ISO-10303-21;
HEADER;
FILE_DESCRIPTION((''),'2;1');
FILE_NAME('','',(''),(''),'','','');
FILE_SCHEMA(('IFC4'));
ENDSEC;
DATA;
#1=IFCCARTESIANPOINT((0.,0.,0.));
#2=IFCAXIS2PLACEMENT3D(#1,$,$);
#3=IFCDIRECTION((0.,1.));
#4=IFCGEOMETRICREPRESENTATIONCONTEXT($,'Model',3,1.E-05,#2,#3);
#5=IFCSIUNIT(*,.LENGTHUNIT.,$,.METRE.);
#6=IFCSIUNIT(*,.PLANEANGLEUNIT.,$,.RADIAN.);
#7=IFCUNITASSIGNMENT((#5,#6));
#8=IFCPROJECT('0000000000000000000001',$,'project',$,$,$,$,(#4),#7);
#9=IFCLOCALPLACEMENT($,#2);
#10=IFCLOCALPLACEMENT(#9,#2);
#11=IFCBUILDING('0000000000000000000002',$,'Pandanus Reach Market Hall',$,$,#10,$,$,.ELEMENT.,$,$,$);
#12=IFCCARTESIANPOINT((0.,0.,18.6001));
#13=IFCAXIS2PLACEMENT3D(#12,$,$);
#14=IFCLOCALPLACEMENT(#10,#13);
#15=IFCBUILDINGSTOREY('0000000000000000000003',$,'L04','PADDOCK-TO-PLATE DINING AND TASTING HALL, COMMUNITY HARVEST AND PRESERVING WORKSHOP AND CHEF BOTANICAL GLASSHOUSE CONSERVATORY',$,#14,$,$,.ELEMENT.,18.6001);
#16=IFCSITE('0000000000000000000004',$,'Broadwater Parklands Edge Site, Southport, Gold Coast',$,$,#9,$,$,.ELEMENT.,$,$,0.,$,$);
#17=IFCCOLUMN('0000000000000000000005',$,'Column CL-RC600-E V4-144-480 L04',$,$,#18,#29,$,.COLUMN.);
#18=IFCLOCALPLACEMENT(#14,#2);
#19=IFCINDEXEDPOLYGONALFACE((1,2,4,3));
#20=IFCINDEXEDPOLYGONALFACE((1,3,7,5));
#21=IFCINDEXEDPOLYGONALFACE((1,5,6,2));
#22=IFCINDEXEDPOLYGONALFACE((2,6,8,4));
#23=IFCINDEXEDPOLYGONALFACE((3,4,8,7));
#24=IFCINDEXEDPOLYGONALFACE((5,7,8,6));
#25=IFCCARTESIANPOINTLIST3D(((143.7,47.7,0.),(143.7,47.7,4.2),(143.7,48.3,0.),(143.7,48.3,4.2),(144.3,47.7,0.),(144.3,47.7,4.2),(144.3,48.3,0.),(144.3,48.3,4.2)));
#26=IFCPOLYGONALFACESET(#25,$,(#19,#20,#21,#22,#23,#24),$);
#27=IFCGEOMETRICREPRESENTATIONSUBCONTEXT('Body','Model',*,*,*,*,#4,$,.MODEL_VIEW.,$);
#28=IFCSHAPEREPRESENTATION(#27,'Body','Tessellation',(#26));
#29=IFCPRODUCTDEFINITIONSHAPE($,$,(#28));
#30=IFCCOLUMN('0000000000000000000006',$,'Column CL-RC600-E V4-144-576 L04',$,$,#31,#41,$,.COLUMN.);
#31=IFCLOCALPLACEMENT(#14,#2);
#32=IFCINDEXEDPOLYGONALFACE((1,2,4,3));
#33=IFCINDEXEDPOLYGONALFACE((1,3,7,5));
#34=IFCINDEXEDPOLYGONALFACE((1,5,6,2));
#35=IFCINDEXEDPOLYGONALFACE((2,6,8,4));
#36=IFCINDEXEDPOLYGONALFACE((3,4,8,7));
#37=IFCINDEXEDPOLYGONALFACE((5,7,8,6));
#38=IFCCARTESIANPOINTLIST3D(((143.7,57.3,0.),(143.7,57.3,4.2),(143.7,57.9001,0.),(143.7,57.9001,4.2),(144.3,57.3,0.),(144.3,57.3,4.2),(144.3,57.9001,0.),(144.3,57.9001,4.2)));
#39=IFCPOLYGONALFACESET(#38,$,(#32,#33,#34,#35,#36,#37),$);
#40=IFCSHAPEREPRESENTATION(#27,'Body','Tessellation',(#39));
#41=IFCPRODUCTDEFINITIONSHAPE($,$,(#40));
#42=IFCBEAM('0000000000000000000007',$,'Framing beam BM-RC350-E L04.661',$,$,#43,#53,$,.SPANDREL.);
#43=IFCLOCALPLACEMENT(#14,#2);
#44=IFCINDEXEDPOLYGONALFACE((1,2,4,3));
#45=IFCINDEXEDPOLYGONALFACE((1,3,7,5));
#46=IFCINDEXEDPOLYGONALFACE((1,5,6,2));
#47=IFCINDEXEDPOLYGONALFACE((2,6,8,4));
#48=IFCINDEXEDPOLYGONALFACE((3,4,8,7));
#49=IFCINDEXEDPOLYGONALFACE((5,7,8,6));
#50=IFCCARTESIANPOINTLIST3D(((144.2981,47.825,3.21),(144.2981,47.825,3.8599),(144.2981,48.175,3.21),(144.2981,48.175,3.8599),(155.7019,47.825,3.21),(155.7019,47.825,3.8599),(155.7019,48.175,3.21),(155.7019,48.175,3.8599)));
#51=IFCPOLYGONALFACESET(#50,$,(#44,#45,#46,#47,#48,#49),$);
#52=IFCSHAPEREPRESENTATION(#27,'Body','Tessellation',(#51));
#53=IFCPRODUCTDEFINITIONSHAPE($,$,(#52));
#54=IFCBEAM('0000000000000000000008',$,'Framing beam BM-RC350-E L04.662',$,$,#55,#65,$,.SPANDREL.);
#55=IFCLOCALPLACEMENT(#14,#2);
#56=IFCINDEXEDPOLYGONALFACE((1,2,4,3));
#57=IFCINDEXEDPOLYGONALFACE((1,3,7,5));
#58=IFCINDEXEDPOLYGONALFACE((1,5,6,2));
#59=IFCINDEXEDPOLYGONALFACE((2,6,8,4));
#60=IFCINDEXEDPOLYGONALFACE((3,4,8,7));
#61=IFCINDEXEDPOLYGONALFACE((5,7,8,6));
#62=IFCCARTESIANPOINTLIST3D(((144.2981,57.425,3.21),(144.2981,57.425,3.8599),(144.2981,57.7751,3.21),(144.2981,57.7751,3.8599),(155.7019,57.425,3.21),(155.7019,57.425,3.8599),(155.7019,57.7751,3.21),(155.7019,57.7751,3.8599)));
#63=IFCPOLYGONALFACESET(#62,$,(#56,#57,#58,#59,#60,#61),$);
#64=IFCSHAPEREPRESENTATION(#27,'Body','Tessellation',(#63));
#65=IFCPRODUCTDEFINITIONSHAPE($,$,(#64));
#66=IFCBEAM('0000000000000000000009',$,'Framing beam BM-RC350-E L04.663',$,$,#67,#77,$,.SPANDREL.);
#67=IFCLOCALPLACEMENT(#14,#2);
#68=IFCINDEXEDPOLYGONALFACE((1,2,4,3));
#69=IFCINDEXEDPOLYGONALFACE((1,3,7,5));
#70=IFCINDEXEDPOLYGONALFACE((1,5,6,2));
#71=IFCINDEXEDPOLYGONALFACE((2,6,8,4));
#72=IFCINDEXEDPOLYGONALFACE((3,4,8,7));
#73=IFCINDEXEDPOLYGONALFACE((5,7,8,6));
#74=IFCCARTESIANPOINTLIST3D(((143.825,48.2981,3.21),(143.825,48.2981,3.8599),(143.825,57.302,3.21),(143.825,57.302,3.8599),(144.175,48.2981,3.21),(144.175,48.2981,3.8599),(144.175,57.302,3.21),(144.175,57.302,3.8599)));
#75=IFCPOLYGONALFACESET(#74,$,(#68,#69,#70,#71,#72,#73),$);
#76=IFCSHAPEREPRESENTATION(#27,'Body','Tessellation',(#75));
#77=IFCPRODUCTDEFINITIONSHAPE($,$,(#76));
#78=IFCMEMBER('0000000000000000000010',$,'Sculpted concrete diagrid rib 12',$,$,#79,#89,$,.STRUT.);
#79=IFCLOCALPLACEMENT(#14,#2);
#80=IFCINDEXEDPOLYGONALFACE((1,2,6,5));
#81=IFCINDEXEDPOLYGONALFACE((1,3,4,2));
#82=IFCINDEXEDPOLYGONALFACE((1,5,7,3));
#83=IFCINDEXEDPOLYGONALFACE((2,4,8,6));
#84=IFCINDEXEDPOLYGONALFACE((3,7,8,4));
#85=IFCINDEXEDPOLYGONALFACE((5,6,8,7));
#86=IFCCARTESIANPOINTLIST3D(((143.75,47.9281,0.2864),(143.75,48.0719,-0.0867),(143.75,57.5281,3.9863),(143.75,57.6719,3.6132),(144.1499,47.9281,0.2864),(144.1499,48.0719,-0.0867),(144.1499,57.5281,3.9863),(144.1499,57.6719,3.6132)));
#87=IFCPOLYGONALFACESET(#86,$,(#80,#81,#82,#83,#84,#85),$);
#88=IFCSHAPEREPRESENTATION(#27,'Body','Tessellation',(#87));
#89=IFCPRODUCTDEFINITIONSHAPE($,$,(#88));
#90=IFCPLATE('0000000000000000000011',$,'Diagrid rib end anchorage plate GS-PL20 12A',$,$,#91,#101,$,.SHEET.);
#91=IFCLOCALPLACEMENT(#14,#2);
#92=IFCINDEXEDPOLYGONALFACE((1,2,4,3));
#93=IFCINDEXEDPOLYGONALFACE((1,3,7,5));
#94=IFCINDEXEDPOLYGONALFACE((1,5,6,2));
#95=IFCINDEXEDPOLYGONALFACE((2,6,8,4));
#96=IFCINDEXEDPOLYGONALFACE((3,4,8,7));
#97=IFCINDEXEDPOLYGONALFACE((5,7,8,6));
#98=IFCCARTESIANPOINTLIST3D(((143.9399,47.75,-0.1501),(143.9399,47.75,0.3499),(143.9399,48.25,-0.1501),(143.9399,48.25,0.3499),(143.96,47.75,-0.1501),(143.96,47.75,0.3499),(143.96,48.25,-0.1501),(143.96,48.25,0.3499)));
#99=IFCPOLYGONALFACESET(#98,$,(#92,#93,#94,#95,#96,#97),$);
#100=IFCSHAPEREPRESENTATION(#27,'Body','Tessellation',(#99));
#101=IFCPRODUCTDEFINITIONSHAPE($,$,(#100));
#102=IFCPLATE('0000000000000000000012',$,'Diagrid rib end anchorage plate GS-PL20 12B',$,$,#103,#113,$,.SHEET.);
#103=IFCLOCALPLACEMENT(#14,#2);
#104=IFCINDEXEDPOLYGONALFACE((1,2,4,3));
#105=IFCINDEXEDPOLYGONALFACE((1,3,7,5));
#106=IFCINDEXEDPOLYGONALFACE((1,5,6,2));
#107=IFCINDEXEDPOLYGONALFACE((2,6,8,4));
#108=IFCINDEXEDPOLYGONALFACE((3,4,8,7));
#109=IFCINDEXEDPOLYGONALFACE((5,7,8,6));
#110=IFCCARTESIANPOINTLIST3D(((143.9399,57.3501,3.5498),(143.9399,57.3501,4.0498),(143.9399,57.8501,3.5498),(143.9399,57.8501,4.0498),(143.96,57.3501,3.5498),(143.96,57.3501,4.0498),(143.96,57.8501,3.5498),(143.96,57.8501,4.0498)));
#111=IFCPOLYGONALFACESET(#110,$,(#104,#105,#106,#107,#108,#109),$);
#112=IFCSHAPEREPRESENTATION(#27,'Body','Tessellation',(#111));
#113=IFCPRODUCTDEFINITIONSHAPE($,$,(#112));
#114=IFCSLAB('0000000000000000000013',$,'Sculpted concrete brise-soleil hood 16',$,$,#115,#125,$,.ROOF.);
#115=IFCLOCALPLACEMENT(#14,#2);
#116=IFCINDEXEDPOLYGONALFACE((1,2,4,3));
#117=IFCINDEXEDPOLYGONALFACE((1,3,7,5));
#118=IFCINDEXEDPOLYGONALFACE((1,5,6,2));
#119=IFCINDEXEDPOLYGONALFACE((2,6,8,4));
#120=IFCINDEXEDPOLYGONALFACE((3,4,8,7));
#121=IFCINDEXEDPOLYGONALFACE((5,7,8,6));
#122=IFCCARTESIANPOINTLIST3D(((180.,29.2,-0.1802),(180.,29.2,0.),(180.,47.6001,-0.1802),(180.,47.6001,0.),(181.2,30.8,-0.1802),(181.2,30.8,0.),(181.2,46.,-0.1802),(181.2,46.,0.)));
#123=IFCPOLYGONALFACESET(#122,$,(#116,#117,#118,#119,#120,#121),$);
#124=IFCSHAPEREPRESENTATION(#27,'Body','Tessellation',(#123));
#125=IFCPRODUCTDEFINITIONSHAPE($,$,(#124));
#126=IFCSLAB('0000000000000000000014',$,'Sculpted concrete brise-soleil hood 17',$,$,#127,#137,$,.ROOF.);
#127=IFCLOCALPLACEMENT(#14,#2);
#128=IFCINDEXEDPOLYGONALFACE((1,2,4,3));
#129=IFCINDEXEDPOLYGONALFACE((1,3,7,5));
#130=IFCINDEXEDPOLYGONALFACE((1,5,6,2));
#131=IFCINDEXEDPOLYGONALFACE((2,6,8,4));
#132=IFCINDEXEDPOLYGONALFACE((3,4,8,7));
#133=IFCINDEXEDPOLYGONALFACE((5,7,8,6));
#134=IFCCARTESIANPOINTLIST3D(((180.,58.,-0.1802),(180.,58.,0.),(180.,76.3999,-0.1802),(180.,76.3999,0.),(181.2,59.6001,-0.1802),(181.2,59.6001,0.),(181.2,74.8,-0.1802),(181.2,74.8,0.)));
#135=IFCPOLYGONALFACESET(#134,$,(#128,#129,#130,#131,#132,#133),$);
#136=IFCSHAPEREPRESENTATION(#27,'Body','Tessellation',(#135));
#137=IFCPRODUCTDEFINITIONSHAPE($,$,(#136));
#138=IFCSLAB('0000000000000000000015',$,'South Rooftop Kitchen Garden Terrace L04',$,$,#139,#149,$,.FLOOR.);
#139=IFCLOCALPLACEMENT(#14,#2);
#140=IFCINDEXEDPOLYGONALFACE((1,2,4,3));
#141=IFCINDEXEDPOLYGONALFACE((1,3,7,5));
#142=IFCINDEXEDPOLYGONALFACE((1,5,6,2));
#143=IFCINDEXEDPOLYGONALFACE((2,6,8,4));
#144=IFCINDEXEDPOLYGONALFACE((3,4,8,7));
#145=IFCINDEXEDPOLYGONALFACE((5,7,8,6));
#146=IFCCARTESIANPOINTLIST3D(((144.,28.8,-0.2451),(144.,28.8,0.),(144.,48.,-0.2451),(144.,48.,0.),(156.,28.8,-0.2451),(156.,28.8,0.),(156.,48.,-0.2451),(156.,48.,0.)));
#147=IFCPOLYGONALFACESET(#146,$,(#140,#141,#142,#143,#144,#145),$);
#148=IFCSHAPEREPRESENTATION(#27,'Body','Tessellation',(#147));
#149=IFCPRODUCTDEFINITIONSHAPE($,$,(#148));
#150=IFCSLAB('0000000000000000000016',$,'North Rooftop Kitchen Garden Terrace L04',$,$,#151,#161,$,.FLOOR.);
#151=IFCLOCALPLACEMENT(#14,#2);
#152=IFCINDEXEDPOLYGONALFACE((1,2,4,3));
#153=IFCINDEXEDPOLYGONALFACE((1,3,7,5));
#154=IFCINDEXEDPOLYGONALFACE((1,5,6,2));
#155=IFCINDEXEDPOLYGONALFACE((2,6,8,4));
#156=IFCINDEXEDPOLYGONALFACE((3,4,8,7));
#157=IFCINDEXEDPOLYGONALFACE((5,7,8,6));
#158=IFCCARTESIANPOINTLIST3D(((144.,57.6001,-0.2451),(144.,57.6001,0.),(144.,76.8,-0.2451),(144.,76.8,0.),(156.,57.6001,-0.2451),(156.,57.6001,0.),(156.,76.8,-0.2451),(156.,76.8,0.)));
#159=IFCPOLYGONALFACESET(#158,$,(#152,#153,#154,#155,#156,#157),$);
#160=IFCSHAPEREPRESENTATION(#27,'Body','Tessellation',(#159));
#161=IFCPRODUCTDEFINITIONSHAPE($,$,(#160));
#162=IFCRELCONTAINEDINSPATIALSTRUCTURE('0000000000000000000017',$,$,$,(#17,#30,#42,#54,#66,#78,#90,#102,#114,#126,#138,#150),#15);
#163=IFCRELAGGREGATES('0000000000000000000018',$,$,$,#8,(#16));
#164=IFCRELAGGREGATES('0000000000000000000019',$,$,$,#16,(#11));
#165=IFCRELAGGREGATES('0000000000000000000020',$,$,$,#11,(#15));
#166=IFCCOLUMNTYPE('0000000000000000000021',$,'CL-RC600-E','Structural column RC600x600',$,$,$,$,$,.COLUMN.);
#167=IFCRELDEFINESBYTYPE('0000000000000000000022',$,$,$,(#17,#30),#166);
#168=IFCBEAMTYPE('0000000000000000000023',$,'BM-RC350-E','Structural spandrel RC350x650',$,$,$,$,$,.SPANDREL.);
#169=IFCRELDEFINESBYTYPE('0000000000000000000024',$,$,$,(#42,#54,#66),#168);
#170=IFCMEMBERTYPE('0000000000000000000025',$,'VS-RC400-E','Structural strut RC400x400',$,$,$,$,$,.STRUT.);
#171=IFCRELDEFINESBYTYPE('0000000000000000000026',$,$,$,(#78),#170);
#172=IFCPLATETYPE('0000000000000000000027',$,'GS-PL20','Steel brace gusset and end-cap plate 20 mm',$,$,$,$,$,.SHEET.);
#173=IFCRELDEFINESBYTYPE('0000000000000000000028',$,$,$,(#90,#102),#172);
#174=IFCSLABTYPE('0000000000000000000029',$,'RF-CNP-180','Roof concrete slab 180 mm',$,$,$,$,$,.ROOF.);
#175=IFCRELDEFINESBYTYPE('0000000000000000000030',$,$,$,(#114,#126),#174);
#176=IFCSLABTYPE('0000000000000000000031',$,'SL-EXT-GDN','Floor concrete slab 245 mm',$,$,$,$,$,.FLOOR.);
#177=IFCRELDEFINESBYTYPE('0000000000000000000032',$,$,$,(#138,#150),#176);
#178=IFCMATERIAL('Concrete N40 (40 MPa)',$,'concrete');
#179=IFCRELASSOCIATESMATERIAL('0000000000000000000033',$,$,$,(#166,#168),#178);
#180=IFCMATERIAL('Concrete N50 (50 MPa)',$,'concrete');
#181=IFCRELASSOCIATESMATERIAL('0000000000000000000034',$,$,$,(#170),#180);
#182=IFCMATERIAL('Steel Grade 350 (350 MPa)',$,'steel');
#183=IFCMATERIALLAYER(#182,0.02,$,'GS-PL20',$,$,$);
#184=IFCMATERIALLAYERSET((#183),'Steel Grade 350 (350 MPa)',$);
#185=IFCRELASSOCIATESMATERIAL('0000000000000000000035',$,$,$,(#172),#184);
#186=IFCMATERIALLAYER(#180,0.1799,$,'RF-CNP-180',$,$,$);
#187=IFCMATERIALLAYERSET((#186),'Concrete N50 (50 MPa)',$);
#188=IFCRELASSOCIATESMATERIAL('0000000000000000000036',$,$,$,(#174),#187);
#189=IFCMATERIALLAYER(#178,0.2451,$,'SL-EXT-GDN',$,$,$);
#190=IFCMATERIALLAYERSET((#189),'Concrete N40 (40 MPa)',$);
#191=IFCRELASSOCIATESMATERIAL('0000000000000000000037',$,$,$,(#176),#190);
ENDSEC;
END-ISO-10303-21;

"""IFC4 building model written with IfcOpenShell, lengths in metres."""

from ifc_helpers import new_model, si_unit, direction, frame, origin, origin_2d, place, context, subcontext, project, spatial, polyline, rectangle, outline, extrude, material, layer, layer_set, material_profile, profile_set, type_object, element, save


model = new_model("IFC4")

# Units and contexts
model_context = context("Model", 3, precision=1e-05, world=origin(), true_north=direction((0.0, 1.0)))
body_context = subcontext(model_context, "Body", "Model", "MODEL_VIEW")
ifc_project = project(units=[si_unit("LENGTHUNIT", "METRE"), si_unit("PLANEANGLEUNIT", "RADIAN")], contexts=[model_context])

# Site, building, storey
site_placement = place(None, origin())
site = spatial("IfcSite", under=ifc_project, at=site_placement, Name="Broadwater Parklands Edge Site, Southport, Gold Coast", CompositionType="ELEMENT", RefElevation=0.0)
building_placement = place(site_placement, origin())
building = spatial("IfcBuilding", under=site, at=building_placement, Name="Pandanus Reach Market Hall", CompositionType="ELEMENT")
storey_placement = place(building_placement, frame((0.0, 0.0, 18.6001)))
storey = spatial("IfcBuildingStorey", under=building, at=storey_placement, Name="L04", Description="PADDOCK-TO-PLATE DINING AND TASTING HALL, COMMUNITY HARVEST AND PRESERVING WORKSHOP AND CHEF BOTANICAL GLASSHOUSE CONSERVATORY", CompositionType="ELEMENT", Elevation=18.6001)

# Columns
ifc_material_1 = material(Name="Concrete N40 (40 MPa)", Category="concrete")
ifc_material_profile_1 = material_profile(ifc_material_1, rectangle(XDim=0.6001, YDim=0.6001, at=origin_2d()), Name="RC600x600", Category="LoadBearing")
ifc_profile_set_1 = profile_set([ifc_material_profile_1], Name="Concrete N40 (40 MPa)")
column_type = type_object("IfcColumnType", Name="CL-RC600-E", Description="Structural column RC600x600", PredefinedType="COLUMN", material=ifc_profile_set_1)
for number, where, z_axis, x_axis, name in (
    (1, (144.0, 48.0, 0.0), (0.0, 0.0, 1.0), (1.0, 0.0, 0.0), "Column CL-RC600-E V4-144-480 L04"),
    (2, (144.0, 57.6001, 0.0), (0.0, 0.0, 1.0), (1.0, 0.0, 0.0), "Column CL-RC600-E V4-144-576 L04"),
):
    element("IfcColumn", number, at=place(storey_placement, frame(where, z_axis=z_axis, x_axis=x_axis)), inside=storey, type_object=column_type, Name=name, PredefinedType="COLUMN", context=body_context, shape_type="SweptSolid", body=[
        extrude(rectangle(XDim=0.6001, YDim=0.6001, at=origin_2d()), origin(), (0.0, 0.0, 1.0), 4.2),
    ])

# Beams
ifc_material_profile_2 = material_profile(ifc_material_1, rectangle(XDim=0.3501, YDim=0.6499, at=origin_2d()), Name="RC350x650", Category="LoadBearing")
ifc_profile_set_2 = profile_set([ifc_material_profile_2], Name="Concrete N40 (40 MPa)")
beam_type = type_object("IfcBeamType", Name="BM-RC350-E", Description="Structural spandrel RC350x650", PredefinedType="SPANDREL", material=ifc_profile_set_2)
for number, where, z_axis, x_axis, name in (
    (3, (144.2981, 48.0, 3.5349), (1.0, 0.0, 0.0), (0.0, 1.0, 0.0), "Framing beam BM-RC350-E L04.661"),
    (4, (144.2981, 57.6001, 3.5349), (1.0, 0.0, 0.0), (0.0, 1.0, 0.0), "Framing beam BM-RC350-E L04.662"),
):
    element("IfcBeam", number, at=place(storey_placement, frame(where, z_axis=z_axis, x_axis=x_axis)), inside=storey, type_object=beam_type, Name=name, PredefinedType="SPANDREL", context=body_context, shape_type="SweptSolid", body=[
        extrude(rectangle(XDim=0.3501, YDim=0.6499, at=origin_2d()), origin(), (0.0, 0.0, 1.0), 11.4038),
    ])
beam_placement = place(storey_placement, frame((144.0, 48.2981, 3.5349), z_axis=(0.0, 1.0, 0.0), x_axis=(-1.0, 0.0, 0.0)))
element("IfcBeam", 5, at=beam_placement, inside=storey, type_object=beam_type, Name="Framing beam BM-RC350-E L04.663", PredefinedType="SPANDREL", context=body_context, shape_type="SweptSolid", body=[
    extrude(rectangle(XDim=0.3501, YDim=0.6499, at=origin_2d()), origin(), (0.0, 0.0, 1.0), 9.0039),
])

# Member
ifc_material_2 = material(Name="Concrete N50 (50 MPa)", Category="concrete")
ifc_material_profile_3 = material_profile(ifc_material_2, rectangle(XDim=0.3999, YDim=0.3999, at=origin_2d()), Name="RC400x400", Category="LoadBearing")
ifc_profile_set_3 = profile_set([ifc_material_profile_3], Name="Concrete N50 (50 MPa)")
member_type = type_object("IfcMemberType", Name="VS-RC400-E", Description="Structural strut RC400x400", PredefinedType="STRUT", material=ifc_profile_set_3)
member_placement = place(storey_placement, frame((143.95, 48.0, 0.0999), z_axis=(0.0, 0.933098, 0.359623), x_axis=(-1.0, 0.0, 0.0)))
element("IfcMember", 6, at=member_placement, inside=storey, type_object=member_type, Name="Sculpted concrete diagrid rib 12", PredefinedType="STRUT", context=body_context, shape_type="SweptSolid", body=[
    extrude(rectangle(XDim=0.3999, YDim=0.3999, at=origin_2d()), origin(), (0.0, 0.0, 1.0), 10.2883),
])

# Plates
ifc_material_3 = material(Name="Steel Grade 350 (350 MPa)", Category="steel")
ifc_layer_1 = layer(ifc_material_3, 0.02, Name="GS-PL20")
ifc_layer_set_1 = layer_set([ifc_layer_1], Name="Steel Grade 350 (350 MPa)")
plate_type = type_object("IfcPlateType", Name="GS-PL20", Description="Steel brace gusset and end-cap plate 20 mm", PredefinedType="SHEET", material=ifc_layer_set_1)
for number, where, z_axis, x_axis, name in (
    (7, (143.95, 48.0, -0.1501), (0.0, 0.0, 1.0), (1.0, 0.0, 0.0), "Diagrid rib end anchorage plate GS-PL20 12A"),
    (8, (143.95, 57.6001, 3.5498), (0.0, 0.0, 1.0), (1.0, 0.0, 0.0), "Diagrid rib end anchorage plate GS-PL20 12B"),
):
    element("IfcPlate", number, at=place(storey_placement, frame(where, z_axis=z_axis, x_axis=x_axis)), inside=storey, type_object=plate_type, Name=name, PredefinedType="SHEET", context=body_context, shape_type="SweptSolid", body=[
        extrude(rectangle(XDim=0.02, YDim=0.5, at=origin_2d()), origin(), (0.0, 0.0, 1.0), 0.5),
    ])

# Slabs
ifc_layer_2 = layer(ifc_material_2, 0.1799, Name="RF-CNP-180")
ifc_layer_set_2 = layer_set([ifc_layer_2], Name="Concrete N50 (50 MPa)")
slab_type_1 = type_object("IfcSlabType", Name="RF-CNP-180", Description="Roof concrete slab 180 mm", PredefinedType="ROOF", material=ifc_layer_set_2)
slab_1_placement = place(storey_placement, frame((0.0, 0.0, -0.1802)))
element("IfcSlab", 9, at=slab_1_placement, inside=storey, type_object=slab_type_1, Name="Sculpted concrete brise-soleil hood 16", PredefinedType="ROOF", context=body_context, shape_type="SweptSolid", body=[
    extrude(outline(polyline([(180.0, 29.2), (180.0, 47.6001), (181.2, 46.0), (181.2, 30.8), (180.0, 29.2)])), origin(), (0.0, 0.0, 1.0), 0.1802),
])
slab_2_placement = place(storey_placement, frame((0.0, 0.0, -0.1802)))
element("IfcSlab", 10, at=slab_2_placement, inside=storey, type_object=slab_type_1, Name="Sculpted concrete brise-soleil hood 17", PredefinedType="ROOF", context=body_context, shape_type="SweptSolid", body=[
    extrude(outline(polyline([(180.0, 58.0), (180.0, 76.3999), (181.2, 74.8), (181.2, 59.6001), (180.0, 58.0)])), origin(), (0.0, 0.0, 1.0), 0.1802),
])
ifc_layer_3 = layer(ifc_material_1, 0.2451, Name="SL-EXT-GDN")
ifc_layer_set_3 = layer_set([ifc_layer_3], Name="Concrete N40 (40 MPa)")
slab_type_2 = type_object("IfcSlabType", Name="SL-EXT-GDN", Description="Floor concrete slab 245 mm", PredefinedType="FLOOR", material=ifc_layer_set_3)
slab_3_placement = place(storey_placement, frame((0.0, 0.0, -0.2451)))
element("IfcSlab", 11, at=slab_3_placement, inside=storey, type_object=slab_type_2, Name="South Rooftop Kitchen Garden Terrace L04", PredefinedType="FLOOR", context=body_context, shape_type="SweptSolid", body=[
    extrude(outline(polyline([(144.0, 28.8), (156.0, 28.8), (156.0, 48.0), (144.0, 48.0), (144.0, 28.8)])), origin(), (0.0, 0.0, 1.0), 0.2451),
])
slab_4_placement = place(storey_placement, frame((0.0, 0.0, -0.2451)))
element("IfcSlab", 12, at=slab_4_placement, inside=storey, type_object=slab_type_2, Name="North Rooftop Kitchen Garden Terrace L04", PredefinedType="FLOOR", context=body_context, shape_type="SweptSolid", body=[
    extrude(outline(polyline([(144.0, 57.6001), (156.0, 57.6001), (156.0, 76.8), (144.0, 76.8), (144.0, 57.6001)])), origin(), (0.0, 0.0, 1.0), 0.2451),
])

save(model, "model.ifc")
